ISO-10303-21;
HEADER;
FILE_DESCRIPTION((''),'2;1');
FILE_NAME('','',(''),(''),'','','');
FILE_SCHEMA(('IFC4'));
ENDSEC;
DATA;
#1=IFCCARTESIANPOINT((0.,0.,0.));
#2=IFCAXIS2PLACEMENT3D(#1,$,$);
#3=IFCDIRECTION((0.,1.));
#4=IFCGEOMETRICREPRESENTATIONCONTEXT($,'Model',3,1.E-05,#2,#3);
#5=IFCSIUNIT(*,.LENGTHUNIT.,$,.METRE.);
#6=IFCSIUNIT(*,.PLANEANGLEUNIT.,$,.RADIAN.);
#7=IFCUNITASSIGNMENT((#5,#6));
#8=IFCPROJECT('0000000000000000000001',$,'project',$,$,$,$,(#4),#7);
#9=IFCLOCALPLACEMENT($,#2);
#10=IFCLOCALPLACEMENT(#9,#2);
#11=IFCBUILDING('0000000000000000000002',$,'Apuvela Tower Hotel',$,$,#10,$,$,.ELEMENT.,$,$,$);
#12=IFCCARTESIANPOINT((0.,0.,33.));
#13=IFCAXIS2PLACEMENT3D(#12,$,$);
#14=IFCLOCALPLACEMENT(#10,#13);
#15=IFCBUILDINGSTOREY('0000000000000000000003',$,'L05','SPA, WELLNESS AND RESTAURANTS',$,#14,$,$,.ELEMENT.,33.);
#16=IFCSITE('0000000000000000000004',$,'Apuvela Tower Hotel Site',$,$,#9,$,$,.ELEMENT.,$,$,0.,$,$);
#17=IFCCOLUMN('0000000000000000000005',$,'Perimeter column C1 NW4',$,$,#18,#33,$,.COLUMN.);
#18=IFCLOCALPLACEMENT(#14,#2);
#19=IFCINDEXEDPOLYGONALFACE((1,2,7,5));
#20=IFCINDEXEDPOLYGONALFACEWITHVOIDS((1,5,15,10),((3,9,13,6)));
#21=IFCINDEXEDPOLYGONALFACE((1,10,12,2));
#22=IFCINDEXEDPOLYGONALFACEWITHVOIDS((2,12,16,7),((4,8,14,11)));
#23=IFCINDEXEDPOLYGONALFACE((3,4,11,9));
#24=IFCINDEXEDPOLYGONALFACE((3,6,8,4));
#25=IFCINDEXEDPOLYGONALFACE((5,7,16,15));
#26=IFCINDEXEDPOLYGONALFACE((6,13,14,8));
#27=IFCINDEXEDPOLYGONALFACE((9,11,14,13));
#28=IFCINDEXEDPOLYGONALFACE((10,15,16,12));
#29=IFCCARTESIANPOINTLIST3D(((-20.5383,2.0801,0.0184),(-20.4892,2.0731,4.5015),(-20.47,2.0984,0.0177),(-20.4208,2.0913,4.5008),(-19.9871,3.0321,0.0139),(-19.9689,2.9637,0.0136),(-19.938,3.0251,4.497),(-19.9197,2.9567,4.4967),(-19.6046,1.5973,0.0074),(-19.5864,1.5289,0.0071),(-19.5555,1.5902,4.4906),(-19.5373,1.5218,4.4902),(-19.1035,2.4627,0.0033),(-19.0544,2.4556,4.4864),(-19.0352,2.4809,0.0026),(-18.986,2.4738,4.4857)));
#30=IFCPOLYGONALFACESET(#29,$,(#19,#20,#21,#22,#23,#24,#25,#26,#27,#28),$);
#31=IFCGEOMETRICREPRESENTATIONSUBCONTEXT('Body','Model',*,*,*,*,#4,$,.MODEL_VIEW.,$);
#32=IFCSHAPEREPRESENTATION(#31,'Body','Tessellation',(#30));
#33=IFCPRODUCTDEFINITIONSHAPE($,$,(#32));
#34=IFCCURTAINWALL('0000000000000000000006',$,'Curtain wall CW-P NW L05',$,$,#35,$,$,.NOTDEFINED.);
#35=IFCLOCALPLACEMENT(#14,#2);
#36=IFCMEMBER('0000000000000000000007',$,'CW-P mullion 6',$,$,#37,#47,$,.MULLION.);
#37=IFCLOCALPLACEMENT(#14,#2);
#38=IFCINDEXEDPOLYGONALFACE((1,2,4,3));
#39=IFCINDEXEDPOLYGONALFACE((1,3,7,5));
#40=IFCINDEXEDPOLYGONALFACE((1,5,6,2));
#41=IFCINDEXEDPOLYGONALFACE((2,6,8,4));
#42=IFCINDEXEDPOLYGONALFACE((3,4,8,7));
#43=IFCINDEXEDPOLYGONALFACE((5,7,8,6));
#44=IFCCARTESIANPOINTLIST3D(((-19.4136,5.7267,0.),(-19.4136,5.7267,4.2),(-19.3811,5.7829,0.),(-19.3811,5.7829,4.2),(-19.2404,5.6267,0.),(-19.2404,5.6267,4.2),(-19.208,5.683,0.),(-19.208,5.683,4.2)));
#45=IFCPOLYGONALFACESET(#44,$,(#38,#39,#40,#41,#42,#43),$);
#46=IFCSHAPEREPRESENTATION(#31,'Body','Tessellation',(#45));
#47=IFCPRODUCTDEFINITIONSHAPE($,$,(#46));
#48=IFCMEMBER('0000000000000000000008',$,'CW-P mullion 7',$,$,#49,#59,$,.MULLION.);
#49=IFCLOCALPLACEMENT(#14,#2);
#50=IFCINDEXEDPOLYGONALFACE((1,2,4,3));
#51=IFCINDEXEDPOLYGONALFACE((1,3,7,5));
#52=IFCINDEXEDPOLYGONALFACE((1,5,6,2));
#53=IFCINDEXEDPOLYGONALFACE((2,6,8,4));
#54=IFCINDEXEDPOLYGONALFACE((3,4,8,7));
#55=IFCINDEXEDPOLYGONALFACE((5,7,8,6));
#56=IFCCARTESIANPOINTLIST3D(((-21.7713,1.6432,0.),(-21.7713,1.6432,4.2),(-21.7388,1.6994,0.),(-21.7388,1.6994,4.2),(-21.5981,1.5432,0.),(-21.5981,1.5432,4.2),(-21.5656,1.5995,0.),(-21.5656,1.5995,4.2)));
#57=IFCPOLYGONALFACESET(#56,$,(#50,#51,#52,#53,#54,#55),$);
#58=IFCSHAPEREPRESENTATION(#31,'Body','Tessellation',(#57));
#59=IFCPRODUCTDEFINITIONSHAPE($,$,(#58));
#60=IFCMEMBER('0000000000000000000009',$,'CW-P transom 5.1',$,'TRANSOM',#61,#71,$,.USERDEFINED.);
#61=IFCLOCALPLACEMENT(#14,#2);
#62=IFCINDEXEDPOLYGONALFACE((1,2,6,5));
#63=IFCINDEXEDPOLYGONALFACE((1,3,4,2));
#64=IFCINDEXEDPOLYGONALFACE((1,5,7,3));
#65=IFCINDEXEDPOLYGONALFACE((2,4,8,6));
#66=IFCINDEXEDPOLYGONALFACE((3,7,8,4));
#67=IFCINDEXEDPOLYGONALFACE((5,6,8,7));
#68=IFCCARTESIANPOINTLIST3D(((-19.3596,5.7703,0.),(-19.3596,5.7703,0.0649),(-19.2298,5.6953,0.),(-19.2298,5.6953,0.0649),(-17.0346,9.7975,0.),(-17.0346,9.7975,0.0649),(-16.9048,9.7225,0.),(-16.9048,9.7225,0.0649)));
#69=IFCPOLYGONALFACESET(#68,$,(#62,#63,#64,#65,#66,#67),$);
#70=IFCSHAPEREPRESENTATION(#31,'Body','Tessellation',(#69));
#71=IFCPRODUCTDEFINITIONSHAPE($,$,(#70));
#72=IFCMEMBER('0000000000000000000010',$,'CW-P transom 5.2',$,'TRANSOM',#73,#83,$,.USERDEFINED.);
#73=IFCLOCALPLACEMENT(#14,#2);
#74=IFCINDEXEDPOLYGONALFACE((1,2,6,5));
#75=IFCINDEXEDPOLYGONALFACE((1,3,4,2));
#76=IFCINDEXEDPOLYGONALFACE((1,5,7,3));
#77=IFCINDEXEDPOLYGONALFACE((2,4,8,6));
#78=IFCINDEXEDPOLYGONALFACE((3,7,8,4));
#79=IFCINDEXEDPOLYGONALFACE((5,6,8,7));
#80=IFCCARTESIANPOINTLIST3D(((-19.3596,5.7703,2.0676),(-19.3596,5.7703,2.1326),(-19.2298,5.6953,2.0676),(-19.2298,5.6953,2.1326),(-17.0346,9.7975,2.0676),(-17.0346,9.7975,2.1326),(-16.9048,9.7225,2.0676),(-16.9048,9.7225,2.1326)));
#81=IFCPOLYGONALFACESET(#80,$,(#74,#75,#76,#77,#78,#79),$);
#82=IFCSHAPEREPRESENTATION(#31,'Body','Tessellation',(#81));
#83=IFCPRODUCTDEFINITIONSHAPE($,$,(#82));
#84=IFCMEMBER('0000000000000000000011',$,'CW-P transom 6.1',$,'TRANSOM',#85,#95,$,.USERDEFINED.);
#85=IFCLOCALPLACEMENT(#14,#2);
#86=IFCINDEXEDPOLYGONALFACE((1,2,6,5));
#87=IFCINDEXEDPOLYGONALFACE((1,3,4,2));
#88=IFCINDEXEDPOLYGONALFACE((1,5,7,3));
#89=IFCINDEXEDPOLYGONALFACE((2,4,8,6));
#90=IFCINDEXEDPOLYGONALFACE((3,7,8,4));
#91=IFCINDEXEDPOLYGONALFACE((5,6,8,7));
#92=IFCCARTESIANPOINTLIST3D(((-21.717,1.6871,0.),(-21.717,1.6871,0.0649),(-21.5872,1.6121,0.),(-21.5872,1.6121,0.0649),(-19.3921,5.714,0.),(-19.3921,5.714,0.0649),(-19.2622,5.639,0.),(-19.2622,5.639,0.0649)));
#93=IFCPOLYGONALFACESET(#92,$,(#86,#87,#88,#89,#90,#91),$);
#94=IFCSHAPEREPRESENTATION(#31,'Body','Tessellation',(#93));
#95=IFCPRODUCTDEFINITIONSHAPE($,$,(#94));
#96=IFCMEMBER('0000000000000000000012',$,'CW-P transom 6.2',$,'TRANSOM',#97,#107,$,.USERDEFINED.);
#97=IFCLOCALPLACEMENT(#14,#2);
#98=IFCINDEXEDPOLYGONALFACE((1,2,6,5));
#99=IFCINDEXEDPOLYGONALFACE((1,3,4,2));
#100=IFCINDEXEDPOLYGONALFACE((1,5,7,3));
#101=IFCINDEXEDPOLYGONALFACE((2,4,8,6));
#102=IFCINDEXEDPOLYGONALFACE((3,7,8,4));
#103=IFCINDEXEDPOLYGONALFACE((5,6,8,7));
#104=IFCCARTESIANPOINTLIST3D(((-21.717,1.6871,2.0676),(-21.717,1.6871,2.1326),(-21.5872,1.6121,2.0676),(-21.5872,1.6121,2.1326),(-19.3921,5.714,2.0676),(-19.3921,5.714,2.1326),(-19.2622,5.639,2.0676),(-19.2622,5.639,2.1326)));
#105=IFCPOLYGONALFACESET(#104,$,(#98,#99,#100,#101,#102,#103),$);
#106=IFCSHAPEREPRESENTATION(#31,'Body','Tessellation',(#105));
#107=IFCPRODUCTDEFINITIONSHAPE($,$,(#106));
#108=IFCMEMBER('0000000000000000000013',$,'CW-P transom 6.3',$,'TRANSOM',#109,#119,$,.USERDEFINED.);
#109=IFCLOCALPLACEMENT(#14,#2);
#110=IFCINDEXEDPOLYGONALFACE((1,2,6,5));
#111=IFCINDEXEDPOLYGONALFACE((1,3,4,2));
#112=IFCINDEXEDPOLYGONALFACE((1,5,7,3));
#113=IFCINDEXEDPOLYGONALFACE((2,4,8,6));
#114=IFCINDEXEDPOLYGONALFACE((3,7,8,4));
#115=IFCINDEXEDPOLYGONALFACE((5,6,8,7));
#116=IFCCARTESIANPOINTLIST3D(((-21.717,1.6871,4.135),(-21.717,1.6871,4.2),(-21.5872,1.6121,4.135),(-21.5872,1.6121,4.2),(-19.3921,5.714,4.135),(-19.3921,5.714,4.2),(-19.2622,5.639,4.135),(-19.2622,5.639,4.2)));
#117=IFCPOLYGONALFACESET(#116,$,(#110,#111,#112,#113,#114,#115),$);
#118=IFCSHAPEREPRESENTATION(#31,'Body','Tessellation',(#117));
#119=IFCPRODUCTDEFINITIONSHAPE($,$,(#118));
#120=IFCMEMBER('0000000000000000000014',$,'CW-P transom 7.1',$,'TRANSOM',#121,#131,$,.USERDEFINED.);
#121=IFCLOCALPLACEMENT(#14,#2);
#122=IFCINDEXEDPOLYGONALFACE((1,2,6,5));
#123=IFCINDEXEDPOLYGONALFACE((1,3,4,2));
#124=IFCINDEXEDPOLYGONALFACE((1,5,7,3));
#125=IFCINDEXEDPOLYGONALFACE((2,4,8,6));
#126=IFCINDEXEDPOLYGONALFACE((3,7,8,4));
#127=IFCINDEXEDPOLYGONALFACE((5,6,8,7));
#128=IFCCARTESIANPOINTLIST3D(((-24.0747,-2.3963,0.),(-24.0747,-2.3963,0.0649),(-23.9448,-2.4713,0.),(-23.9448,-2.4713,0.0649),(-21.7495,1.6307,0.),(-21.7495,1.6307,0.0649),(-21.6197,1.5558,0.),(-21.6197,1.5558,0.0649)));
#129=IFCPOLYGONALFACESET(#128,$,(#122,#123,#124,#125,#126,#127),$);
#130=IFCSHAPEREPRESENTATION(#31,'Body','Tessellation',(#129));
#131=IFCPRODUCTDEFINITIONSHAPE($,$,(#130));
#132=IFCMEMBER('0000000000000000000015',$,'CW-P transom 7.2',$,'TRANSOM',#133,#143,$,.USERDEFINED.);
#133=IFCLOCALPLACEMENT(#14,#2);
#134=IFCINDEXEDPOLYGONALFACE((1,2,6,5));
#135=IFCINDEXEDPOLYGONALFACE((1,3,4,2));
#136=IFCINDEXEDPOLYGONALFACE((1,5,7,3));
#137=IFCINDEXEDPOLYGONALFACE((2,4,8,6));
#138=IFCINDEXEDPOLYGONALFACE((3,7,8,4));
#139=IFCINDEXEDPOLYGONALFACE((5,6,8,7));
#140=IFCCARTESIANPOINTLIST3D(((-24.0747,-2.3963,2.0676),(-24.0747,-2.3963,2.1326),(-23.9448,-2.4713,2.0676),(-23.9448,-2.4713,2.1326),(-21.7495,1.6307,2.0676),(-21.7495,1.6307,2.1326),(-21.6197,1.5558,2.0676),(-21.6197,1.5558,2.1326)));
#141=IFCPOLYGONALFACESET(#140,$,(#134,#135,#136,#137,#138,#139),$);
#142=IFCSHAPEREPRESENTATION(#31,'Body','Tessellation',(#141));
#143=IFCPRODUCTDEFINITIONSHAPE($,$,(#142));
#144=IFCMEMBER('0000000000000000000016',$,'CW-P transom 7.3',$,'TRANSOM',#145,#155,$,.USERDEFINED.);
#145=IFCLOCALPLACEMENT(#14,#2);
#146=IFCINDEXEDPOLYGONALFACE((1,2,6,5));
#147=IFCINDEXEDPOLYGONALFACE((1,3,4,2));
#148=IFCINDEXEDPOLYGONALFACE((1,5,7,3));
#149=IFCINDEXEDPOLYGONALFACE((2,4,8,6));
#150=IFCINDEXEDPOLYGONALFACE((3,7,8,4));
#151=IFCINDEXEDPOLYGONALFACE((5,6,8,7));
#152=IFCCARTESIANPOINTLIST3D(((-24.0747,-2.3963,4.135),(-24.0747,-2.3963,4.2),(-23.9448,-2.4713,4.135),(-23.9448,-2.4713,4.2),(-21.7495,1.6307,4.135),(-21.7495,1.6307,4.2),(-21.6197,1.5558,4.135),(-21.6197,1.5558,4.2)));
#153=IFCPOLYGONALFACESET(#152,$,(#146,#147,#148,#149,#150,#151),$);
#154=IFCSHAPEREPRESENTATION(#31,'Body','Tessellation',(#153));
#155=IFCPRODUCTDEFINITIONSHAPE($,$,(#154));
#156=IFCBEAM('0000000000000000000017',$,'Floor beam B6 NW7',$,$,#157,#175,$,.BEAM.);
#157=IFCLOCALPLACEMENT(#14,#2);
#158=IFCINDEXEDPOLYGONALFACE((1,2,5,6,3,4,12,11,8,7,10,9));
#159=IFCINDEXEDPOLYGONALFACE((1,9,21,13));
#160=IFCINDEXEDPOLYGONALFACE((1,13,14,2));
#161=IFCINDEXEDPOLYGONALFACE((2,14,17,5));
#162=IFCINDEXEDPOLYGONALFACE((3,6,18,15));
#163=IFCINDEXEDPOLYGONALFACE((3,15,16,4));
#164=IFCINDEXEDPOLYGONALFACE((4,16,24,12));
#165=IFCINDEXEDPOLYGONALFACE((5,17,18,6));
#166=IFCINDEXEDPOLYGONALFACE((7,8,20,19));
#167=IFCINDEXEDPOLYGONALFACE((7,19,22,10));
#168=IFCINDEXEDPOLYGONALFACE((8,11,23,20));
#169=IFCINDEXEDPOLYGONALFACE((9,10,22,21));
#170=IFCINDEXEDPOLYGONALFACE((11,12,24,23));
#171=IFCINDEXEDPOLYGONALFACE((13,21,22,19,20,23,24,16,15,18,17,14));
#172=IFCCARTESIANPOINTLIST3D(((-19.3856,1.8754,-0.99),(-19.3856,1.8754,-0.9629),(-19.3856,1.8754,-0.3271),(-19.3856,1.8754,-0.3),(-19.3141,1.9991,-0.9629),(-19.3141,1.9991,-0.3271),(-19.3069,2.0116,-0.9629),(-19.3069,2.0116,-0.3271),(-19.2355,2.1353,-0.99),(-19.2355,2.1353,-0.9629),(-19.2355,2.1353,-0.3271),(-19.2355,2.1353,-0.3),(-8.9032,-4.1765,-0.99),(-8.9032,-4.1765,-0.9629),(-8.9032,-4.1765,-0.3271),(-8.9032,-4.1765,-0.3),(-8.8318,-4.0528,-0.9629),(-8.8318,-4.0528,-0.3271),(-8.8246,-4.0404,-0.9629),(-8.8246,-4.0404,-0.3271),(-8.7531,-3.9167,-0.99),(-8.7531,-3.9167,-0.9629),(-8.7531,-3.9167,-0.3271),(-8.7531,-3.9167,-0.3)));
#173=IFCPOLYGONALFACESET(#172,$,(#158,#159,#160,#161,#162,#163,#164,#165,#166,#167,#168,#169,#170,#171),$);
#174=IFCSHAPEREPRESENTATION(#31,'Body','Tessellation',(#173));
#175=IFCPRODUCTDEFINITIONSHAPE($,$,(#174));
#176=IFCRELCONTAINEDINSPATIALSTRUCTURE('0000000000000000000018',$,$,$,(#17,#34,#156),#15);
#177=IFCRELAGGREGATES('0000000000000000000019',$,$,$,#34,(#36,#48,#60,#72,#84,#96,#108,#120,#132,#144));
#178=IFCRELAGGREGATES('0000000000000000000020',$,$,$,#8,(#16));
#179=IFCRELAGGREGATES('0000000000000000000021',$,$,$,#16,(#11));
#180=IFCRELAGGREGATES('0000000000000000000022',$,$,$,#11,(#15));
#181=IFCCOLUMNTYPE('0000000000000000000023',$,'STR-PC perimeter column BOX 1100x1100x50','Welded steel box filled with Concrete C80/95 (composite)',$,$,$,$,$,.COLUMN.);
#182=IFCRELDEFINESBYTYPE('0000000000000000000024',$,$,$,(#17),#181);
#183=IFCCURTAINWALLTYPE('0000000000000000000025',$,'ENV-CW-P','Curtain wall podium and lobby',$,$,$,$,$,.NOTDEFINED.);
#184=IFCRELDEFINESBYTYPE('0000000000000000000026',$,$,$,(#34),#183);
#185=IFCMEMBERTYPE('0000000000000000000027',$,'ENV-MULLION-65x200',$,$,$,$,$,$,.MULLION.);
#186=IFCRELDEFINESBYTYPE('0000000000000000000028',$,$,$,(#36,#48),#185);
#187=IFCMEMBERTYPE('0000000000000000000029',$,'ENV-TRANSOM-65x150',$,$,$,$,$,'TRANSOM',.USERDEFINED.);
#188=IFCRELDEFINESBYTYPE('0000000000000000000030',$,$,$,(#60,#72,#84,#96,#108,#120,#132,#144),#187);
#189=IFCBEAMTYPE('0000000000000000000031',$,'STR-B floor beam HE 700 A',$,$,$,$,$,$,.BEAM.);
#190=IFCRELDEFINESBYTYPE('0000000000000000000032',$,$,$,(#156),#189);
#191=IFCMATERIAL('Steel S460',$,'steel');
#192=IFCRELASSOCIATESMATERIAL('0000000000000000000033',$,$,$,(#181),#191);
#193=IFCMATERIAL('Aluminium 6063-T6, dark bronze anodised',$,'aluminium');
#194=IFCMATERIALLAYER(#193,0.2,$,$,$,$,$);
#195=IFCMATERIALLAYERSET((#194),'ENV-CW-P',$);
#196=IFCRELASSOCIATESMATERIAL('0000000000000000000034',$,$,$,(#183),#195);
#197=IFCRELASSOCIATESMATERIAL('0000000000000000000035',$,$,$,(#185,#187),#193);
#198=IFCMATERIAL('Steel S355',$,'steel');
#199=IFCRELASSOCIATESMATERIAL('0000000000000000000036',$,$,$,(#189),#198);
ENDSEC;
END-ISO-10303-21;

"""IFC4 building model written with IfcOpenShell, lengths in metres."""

from ifc_helpers import new_model, si_unit, direction, frame, origin, origin_2d, place, context, subcontext, project, spatial, rectangle, hollow_rectangle, i_section, extrude, boolean, halfspace, material, layer, layer_set, material_profile, profile_set, type_object, element, aggregate, save


model = new_model("IFC4")

# Units and contexts
model_context = context("Model", 3, precision=1e-05, world=origin(), true_north=direction((0.0, 1.0)))
body_context = subcontext(model_context, "Body", "Model", "MODEL_VIEW")
ifc_project = project(units=[si_unit("LENGTHUNIT", "METRE"), si_unit("PLANEANGLEUNIT", "RADIAN")], contexts=[model_context])

# Site, building, storey
site_placement = place(None, origin())
site = spatial("IfcSite", under=ifc_project, at=site_placement, Name="Apuvela Tower Hotel Site", CompositionType="ELEMENT", RefElevation=0.0)
building_placement = place(site_placement, origin())
building = spatial("IfcBuilding", under=site, at=building_placement, Name="Apuvela Tower Hotel", CompositionType="ELEMENT")
storey_placement = place(building_placement, frame((0.0, 0.0, 33.0)))
storey = spatial("IfcBuildingStorey", under=building, at=storey_placement, Name="L05", Description="SPA, WELLNESS AND RESTAURANTS", CompositionType="ELEMENT", Elevation=33.0)

# Column
ifc_material_1 = material(Name="Steel S460", Category="steel")
ifc_material_profile_1 = material_profile(ifc_material_1, hollow_rectangle(XDim=1.1001, YDim=1.1001, WallThickness=0.05, at=origin_2d()), Name="BOX 1100x1100x50")
ifc_material_2 = material(Name="Concrete C80/95", Category="concrete")
ifc_material_profile_2 = material_profile(ifc_material_2, rectangle(XDim=1.0, YDim=1.0, at=origin_2d()), Name="Concrete C80/95 infill")
ifc_profile_set_1 = profile_set([ifc_material_profile_1, ifc_material_profile_2], Name="Steel S460")
column_type = type_object("IfcColumnType", Name="STR-PC perimeter column BOX 1100x1100x50", Description="Welded steel box filled with Concrete C80/95 (composite)", PredefinedType="COLUMN", material=ifc_profile_set_1)
column_placement = place(storey_placement, frame((-19.7869, 2.2805, 0.0), z_axis=(0.010959, -0.001573, 0.999939), x_axis=(-0.501077, -0.865393, 0.00413)))
element("IfcColumn", 1, at=column_placement, inside=storey, type_object=column_type, Name="Perimeter column C1 NW4", PredefinedType="COLUMN", context=body_context, shape_type="SweptSolid", body=[
    boolean("DIFFERENCE", boolean("DIFFERENCE", extrude(hollow_rectangle(XDim=1.1001, YDim=1.1001, WallThickness=0.05, at=origin_2d()), origin(), (0.0, 0.0, 1.0), 4.5002), halfspace(frame((0.0, 0.0, 0.0105), z_axis=(0.0, 0.0, 1.0), x_axis=(1.0, 0.0, 0.0)), True)), halfspace(frame((0.0, 0.0, 4.4939), z_axis=(0.0, 0.0, 1.0), x_axis=(1.0, 0.0, 0.0)), False)),
])

# Curtain wall, members
ifc_material_3 = material(Name="Aluminium 6063-T6, dark bronze anodised", Category="aluminium")
ifc_layer_1 = layer(ifc_material_3, 0.2)
ifc_layer_set_1 = layer_set([ifc_layer_1], Name="ENV-CW-P")
curtain_wall_type = type_object("IfcCurtainWallType", Name="ENV-CW-P", Description="Curtain wall podium and lobby", PredefinedType="NOTDEFINED", material=ifc_layer_set_1)
curtain_wall_placement = place(storey_placement, origin())
curtain_wall = element("IfcCurtainWall", 2, at=curtain_wall_placement, inside=storey, type_object=curtain_wall_type, Name="Curtain wall CW-P NW L05", PredefinedType="NOTDEFINED")
ifc_material_profile_3 = material_profile(ifc_material_3, rectangle(XDim=0.2, YDim=0.0649, at=origin_2d()), Name="AL 65x200")
ifc_profile_set_2 = profile_set([ifc_material_profile_3], Name="Aluminium 6063-T6, dark bronze anodised")
member_type_1 = type_object("IfcMemberType", Name="ENV-MULLION-65x200", PredefinedType="MULLION", material=ifc_profile_set_2)
member_1_placement = place(storey_placement, frame((-19.3108, 5.7048, 0.0), z_axis=(0.0, 0.0, 1.0), x_axis=(0.866026, -0.5, 0.0)))
member_1 = element("IfcMember", 3, at=member_1_placement, type_object=member_type_1, Name="CW-P mullion 6", PredefinedType="MULLION", context=body_context, shape_type="SweptSolid", body=[
    extrude(rectangle(XDim=0.2, YDim=0.0649, at=origin_2d()), origin(), (0.0, 0.0, 1.0), 4.2),
])
member_2_placement = place(storey_placement, frame((-21.6685, 1.6213, 0.0), z_axis=(0.0, 0.0, 1.0), x_axis=(0.866026, -0.5, 0.0)))
member_2 = element("IfcMember", 4, at=member_2_placement, type_object=member_type_1, Name="CW-P mullion 7", PredefinedType="MULLION", context=body_context, shape_type="SweptSolid", body=[
    extrude(rectangle(XDim=0.2, YDim=0.0649, at=origin_2d()), origin(), (0.0, 0.0, 1.0), 4.2),
])
ifc_material_profile_4 = material_profile(ifc_material_3, rectangle(XDim=0.1499, YDim=0.0649, at=origin_2d()), Name="AL 65x150 transom")
ifc_profile_set_3 = profile_set([ifc_material_profile_4], Name="Aluminium 6063-T6, dark bronze anodised")
member_type_2 = type_object("IfcMemberType", Name="ENV-TRANSOM-65x150", ElementType="TRANSOM", PredefinedType="USERDEFINED", material=ifc_profile_set_3)
member_3_placement = place(storey_placement, frame((-16.9697, 9.76, 0.0325), z_axis=(-0.499985, -0.866034, 0.0), x_axis=(0.866034, -0.499985, 0.0)))
member_3 = element("IfcMember", 5, at=member_3_placement, type_object=member_type_2, Name="CW-P transom 5.1", ObjectType="TRANSOM", PredefinedType="USERDEFINED", context=body_context, shape_type="SweptSolid", body=[
    extrude(rectangle(XDim=0.1499, YDim=0.0649, at=origin_2d()), origin(), (0.0, 0.0, 1.0), 4.6501),
])
member_4_placement = place(storey_placement, frame((-16.9697, 9.76, 2.1001), z_axis=(-0.499985, -0.866034, 0.0), x_axis=(0.866034, -0.499985, 0.0)))
member_4 = element("IfcMember", 6, at=member_4_placement, type_object=member_type_2, Name="CW-P transom 5.2", ObjectType="TRANSOM", PredefinedType="USERDEFINED", context=body_context, shape_type="SweptSolid", body=[
    extrude(rectangle(XDim=0.1499, YDim=0.0649, at=origin_2d()), origin(), (0.0, 0.0, 1.0), 4.6501),
])
member_5_placement = place(storey_placement, frame((-19.3271, 5.6765, 0.0325), z_axis=(-0.500007, -0.866021, 0.0), x_axis=(0.866021, -0.500007, 0.0)))
member_5 = element("IfcMember", 7, at=member_5_placement, type_object=member_type_2, Name="CW-P transom 6.1", ObjectType="TRANSOM", PredefinedType="USERDEFINED", context=body_context, shape_type="SweptSolid", body=[
    extrude(rectangle(XDim=0.1499, YDim=0.0649, at=origin_2d()), origin(), (0.0, 0.0, 1.0), 4.6499),
])
member_6_placement = place(storey_placement, frame((-19.3271, 5.6765, 2.1001), z_axis=(-0.500007, -0.866021, 0.0), x_axis=(0.866021, -0.500007, 0.0)))
member_6 = element("IfcMember", 8, at=member_6_placement, type_object=member_type_2, Name="CW-P transom 6.2", ObjectType="TRANSOM", PredefinedType="USERDEFINED", context=body_context, shape_type="SweptSolid", body=[
    extrude(rectangle(XDim=0.1499, YDim=0.0649, at=origin_2d()), origin(), (0.0, 0.0, 1.0), 4.6499),
])
member_7_placement = place(storey_placement, frame((-19.3271, 5.6765, 4.1675), z_axis=(-0.500007, -0.866021, 0.0), x_axis=(0.866021, -0.500007, 0.0)))
member_7 = element("IfcMember", 9, at=member_7_placement, type_object=member_type_2, Name="CW-P transom 6.3", ObjectType="TRANSOM", PredefinedType="USERDEFINED", context=body_context, shape_type="SweptSolid", body=[
    extrude(rectangle(XDim=0.1499, YDim=0.0649, at=origin_2d()), origin(), (0.0, 0.0, 1.0), 4.6499),
])
member_8_placement = place(storey_placement, frame((-21.6846, 1.5933, 0.0325), z_axis=(-0.500024, -0.866012, 0.0), x_axis=(0.866012, -0.500024, 0.0)))
member_8 = element("IfcMember", 10, at=member_8_placement, type_object=member_type_2, Name="CW-P transom 7.1", ObjectType="TRANSOM", PredefinedType="USERDEFINED", context=body_context, shape_type="SweptSolid", body=[
    extrude(rectangle(XDim=0.1499, YDim=0.0649, at=origin_2d()), origin(), (0.0, 0.0, 1.0), 4.6501),
])
member_9_placement = place(storey_placement, frame((-21.6846, 1.5933, 2.1001), z_axis=(-0.500024, -0.866012, 0.0), x_axis=(0.866012, -0.500024, 0.0)))
member_9 = element("IfcMember", 11, at=member_9_placement, type_object=member_type_2, Name="CW-P transom 7.2", ObjectType="TRANSOM", PredefinedType="USERDEFINED", context=body_context, shape_type="SweptSolid", body=[
    extrude(rectangle(XDim=0.1499, YDim=0.0649, at=origin_2d()), origin(), (0.0, 0.0, 1.0), 4.6501),
])
member_10_placement = place(storey_placement, frame((-21.6846, 1.5933, 4.1675), z_axis=(-0.500024, -0.866012, 0.0), x_axis=(0.866012, -0.500024, 0.0)))
member_10 = element("IfcMember", 12, at=member_10_placement, type_object=member_type_2, Name="CW-P transom 7.3", ObjectType="TRANSOM", PredefinedType="USERDEFINED", context=body_context, shape_type="SweptSolid", body=[
    extrude(rectangle(XDim=0.1499, YDim=0.0649, at=origin_2d()), origin(), (0.0, 0.0, 1.0), 4.6501),
])

# Beam
ifc_material_4 = material(Name="Steel S355", Category="steel")
ifc_material_profile_5 = material_profile(ifc_material_4, i_section(OverallWidth=0.3, OverallDepth=0.6899, WebThickness=0.0144, FlangeThickness=0.0271, at=origin_2d()), Name="HE 700 A")
ifc_profile_set_4 = profile_set([ifc_material_profile_5], Name="Steel S355")
beam_type_1 = type_object("IfcBeamType", Name="STR-B floor beam HE 700 A", PredefinedType="BEAM", material=ifc_profile_set_4)
beam_1_placement = place(storey_placement, frame((-19.3105, 2.0054, -0.645), z_axis=(0.866026, -0.499998, 0.0), x_axis=(0.499998, 0.866026, 0.0)))
element("IfcBeam", 13, at=beam_1_placement, inside=storey, type_object=beam_type_1, Name="Floor beam B6 NW7", PredefinedType="BEAM", context=body_context, shape_type="SweptSolid", body=[
    extrude(i_section(OverallWidth=0.3, OverallDepth=0.6899, WebThickness=0.0144, FlangeThickness=0.0271, at=origin_2d()), origin(), (0.0, 0.0, 1.0), 12.104),
])

aggregate(curtain_wall, [member_1, member_2, member_3, member_4, member_5, member_6, member_7, member_8, member_9, member_10])

save(model, "model.ifc")
